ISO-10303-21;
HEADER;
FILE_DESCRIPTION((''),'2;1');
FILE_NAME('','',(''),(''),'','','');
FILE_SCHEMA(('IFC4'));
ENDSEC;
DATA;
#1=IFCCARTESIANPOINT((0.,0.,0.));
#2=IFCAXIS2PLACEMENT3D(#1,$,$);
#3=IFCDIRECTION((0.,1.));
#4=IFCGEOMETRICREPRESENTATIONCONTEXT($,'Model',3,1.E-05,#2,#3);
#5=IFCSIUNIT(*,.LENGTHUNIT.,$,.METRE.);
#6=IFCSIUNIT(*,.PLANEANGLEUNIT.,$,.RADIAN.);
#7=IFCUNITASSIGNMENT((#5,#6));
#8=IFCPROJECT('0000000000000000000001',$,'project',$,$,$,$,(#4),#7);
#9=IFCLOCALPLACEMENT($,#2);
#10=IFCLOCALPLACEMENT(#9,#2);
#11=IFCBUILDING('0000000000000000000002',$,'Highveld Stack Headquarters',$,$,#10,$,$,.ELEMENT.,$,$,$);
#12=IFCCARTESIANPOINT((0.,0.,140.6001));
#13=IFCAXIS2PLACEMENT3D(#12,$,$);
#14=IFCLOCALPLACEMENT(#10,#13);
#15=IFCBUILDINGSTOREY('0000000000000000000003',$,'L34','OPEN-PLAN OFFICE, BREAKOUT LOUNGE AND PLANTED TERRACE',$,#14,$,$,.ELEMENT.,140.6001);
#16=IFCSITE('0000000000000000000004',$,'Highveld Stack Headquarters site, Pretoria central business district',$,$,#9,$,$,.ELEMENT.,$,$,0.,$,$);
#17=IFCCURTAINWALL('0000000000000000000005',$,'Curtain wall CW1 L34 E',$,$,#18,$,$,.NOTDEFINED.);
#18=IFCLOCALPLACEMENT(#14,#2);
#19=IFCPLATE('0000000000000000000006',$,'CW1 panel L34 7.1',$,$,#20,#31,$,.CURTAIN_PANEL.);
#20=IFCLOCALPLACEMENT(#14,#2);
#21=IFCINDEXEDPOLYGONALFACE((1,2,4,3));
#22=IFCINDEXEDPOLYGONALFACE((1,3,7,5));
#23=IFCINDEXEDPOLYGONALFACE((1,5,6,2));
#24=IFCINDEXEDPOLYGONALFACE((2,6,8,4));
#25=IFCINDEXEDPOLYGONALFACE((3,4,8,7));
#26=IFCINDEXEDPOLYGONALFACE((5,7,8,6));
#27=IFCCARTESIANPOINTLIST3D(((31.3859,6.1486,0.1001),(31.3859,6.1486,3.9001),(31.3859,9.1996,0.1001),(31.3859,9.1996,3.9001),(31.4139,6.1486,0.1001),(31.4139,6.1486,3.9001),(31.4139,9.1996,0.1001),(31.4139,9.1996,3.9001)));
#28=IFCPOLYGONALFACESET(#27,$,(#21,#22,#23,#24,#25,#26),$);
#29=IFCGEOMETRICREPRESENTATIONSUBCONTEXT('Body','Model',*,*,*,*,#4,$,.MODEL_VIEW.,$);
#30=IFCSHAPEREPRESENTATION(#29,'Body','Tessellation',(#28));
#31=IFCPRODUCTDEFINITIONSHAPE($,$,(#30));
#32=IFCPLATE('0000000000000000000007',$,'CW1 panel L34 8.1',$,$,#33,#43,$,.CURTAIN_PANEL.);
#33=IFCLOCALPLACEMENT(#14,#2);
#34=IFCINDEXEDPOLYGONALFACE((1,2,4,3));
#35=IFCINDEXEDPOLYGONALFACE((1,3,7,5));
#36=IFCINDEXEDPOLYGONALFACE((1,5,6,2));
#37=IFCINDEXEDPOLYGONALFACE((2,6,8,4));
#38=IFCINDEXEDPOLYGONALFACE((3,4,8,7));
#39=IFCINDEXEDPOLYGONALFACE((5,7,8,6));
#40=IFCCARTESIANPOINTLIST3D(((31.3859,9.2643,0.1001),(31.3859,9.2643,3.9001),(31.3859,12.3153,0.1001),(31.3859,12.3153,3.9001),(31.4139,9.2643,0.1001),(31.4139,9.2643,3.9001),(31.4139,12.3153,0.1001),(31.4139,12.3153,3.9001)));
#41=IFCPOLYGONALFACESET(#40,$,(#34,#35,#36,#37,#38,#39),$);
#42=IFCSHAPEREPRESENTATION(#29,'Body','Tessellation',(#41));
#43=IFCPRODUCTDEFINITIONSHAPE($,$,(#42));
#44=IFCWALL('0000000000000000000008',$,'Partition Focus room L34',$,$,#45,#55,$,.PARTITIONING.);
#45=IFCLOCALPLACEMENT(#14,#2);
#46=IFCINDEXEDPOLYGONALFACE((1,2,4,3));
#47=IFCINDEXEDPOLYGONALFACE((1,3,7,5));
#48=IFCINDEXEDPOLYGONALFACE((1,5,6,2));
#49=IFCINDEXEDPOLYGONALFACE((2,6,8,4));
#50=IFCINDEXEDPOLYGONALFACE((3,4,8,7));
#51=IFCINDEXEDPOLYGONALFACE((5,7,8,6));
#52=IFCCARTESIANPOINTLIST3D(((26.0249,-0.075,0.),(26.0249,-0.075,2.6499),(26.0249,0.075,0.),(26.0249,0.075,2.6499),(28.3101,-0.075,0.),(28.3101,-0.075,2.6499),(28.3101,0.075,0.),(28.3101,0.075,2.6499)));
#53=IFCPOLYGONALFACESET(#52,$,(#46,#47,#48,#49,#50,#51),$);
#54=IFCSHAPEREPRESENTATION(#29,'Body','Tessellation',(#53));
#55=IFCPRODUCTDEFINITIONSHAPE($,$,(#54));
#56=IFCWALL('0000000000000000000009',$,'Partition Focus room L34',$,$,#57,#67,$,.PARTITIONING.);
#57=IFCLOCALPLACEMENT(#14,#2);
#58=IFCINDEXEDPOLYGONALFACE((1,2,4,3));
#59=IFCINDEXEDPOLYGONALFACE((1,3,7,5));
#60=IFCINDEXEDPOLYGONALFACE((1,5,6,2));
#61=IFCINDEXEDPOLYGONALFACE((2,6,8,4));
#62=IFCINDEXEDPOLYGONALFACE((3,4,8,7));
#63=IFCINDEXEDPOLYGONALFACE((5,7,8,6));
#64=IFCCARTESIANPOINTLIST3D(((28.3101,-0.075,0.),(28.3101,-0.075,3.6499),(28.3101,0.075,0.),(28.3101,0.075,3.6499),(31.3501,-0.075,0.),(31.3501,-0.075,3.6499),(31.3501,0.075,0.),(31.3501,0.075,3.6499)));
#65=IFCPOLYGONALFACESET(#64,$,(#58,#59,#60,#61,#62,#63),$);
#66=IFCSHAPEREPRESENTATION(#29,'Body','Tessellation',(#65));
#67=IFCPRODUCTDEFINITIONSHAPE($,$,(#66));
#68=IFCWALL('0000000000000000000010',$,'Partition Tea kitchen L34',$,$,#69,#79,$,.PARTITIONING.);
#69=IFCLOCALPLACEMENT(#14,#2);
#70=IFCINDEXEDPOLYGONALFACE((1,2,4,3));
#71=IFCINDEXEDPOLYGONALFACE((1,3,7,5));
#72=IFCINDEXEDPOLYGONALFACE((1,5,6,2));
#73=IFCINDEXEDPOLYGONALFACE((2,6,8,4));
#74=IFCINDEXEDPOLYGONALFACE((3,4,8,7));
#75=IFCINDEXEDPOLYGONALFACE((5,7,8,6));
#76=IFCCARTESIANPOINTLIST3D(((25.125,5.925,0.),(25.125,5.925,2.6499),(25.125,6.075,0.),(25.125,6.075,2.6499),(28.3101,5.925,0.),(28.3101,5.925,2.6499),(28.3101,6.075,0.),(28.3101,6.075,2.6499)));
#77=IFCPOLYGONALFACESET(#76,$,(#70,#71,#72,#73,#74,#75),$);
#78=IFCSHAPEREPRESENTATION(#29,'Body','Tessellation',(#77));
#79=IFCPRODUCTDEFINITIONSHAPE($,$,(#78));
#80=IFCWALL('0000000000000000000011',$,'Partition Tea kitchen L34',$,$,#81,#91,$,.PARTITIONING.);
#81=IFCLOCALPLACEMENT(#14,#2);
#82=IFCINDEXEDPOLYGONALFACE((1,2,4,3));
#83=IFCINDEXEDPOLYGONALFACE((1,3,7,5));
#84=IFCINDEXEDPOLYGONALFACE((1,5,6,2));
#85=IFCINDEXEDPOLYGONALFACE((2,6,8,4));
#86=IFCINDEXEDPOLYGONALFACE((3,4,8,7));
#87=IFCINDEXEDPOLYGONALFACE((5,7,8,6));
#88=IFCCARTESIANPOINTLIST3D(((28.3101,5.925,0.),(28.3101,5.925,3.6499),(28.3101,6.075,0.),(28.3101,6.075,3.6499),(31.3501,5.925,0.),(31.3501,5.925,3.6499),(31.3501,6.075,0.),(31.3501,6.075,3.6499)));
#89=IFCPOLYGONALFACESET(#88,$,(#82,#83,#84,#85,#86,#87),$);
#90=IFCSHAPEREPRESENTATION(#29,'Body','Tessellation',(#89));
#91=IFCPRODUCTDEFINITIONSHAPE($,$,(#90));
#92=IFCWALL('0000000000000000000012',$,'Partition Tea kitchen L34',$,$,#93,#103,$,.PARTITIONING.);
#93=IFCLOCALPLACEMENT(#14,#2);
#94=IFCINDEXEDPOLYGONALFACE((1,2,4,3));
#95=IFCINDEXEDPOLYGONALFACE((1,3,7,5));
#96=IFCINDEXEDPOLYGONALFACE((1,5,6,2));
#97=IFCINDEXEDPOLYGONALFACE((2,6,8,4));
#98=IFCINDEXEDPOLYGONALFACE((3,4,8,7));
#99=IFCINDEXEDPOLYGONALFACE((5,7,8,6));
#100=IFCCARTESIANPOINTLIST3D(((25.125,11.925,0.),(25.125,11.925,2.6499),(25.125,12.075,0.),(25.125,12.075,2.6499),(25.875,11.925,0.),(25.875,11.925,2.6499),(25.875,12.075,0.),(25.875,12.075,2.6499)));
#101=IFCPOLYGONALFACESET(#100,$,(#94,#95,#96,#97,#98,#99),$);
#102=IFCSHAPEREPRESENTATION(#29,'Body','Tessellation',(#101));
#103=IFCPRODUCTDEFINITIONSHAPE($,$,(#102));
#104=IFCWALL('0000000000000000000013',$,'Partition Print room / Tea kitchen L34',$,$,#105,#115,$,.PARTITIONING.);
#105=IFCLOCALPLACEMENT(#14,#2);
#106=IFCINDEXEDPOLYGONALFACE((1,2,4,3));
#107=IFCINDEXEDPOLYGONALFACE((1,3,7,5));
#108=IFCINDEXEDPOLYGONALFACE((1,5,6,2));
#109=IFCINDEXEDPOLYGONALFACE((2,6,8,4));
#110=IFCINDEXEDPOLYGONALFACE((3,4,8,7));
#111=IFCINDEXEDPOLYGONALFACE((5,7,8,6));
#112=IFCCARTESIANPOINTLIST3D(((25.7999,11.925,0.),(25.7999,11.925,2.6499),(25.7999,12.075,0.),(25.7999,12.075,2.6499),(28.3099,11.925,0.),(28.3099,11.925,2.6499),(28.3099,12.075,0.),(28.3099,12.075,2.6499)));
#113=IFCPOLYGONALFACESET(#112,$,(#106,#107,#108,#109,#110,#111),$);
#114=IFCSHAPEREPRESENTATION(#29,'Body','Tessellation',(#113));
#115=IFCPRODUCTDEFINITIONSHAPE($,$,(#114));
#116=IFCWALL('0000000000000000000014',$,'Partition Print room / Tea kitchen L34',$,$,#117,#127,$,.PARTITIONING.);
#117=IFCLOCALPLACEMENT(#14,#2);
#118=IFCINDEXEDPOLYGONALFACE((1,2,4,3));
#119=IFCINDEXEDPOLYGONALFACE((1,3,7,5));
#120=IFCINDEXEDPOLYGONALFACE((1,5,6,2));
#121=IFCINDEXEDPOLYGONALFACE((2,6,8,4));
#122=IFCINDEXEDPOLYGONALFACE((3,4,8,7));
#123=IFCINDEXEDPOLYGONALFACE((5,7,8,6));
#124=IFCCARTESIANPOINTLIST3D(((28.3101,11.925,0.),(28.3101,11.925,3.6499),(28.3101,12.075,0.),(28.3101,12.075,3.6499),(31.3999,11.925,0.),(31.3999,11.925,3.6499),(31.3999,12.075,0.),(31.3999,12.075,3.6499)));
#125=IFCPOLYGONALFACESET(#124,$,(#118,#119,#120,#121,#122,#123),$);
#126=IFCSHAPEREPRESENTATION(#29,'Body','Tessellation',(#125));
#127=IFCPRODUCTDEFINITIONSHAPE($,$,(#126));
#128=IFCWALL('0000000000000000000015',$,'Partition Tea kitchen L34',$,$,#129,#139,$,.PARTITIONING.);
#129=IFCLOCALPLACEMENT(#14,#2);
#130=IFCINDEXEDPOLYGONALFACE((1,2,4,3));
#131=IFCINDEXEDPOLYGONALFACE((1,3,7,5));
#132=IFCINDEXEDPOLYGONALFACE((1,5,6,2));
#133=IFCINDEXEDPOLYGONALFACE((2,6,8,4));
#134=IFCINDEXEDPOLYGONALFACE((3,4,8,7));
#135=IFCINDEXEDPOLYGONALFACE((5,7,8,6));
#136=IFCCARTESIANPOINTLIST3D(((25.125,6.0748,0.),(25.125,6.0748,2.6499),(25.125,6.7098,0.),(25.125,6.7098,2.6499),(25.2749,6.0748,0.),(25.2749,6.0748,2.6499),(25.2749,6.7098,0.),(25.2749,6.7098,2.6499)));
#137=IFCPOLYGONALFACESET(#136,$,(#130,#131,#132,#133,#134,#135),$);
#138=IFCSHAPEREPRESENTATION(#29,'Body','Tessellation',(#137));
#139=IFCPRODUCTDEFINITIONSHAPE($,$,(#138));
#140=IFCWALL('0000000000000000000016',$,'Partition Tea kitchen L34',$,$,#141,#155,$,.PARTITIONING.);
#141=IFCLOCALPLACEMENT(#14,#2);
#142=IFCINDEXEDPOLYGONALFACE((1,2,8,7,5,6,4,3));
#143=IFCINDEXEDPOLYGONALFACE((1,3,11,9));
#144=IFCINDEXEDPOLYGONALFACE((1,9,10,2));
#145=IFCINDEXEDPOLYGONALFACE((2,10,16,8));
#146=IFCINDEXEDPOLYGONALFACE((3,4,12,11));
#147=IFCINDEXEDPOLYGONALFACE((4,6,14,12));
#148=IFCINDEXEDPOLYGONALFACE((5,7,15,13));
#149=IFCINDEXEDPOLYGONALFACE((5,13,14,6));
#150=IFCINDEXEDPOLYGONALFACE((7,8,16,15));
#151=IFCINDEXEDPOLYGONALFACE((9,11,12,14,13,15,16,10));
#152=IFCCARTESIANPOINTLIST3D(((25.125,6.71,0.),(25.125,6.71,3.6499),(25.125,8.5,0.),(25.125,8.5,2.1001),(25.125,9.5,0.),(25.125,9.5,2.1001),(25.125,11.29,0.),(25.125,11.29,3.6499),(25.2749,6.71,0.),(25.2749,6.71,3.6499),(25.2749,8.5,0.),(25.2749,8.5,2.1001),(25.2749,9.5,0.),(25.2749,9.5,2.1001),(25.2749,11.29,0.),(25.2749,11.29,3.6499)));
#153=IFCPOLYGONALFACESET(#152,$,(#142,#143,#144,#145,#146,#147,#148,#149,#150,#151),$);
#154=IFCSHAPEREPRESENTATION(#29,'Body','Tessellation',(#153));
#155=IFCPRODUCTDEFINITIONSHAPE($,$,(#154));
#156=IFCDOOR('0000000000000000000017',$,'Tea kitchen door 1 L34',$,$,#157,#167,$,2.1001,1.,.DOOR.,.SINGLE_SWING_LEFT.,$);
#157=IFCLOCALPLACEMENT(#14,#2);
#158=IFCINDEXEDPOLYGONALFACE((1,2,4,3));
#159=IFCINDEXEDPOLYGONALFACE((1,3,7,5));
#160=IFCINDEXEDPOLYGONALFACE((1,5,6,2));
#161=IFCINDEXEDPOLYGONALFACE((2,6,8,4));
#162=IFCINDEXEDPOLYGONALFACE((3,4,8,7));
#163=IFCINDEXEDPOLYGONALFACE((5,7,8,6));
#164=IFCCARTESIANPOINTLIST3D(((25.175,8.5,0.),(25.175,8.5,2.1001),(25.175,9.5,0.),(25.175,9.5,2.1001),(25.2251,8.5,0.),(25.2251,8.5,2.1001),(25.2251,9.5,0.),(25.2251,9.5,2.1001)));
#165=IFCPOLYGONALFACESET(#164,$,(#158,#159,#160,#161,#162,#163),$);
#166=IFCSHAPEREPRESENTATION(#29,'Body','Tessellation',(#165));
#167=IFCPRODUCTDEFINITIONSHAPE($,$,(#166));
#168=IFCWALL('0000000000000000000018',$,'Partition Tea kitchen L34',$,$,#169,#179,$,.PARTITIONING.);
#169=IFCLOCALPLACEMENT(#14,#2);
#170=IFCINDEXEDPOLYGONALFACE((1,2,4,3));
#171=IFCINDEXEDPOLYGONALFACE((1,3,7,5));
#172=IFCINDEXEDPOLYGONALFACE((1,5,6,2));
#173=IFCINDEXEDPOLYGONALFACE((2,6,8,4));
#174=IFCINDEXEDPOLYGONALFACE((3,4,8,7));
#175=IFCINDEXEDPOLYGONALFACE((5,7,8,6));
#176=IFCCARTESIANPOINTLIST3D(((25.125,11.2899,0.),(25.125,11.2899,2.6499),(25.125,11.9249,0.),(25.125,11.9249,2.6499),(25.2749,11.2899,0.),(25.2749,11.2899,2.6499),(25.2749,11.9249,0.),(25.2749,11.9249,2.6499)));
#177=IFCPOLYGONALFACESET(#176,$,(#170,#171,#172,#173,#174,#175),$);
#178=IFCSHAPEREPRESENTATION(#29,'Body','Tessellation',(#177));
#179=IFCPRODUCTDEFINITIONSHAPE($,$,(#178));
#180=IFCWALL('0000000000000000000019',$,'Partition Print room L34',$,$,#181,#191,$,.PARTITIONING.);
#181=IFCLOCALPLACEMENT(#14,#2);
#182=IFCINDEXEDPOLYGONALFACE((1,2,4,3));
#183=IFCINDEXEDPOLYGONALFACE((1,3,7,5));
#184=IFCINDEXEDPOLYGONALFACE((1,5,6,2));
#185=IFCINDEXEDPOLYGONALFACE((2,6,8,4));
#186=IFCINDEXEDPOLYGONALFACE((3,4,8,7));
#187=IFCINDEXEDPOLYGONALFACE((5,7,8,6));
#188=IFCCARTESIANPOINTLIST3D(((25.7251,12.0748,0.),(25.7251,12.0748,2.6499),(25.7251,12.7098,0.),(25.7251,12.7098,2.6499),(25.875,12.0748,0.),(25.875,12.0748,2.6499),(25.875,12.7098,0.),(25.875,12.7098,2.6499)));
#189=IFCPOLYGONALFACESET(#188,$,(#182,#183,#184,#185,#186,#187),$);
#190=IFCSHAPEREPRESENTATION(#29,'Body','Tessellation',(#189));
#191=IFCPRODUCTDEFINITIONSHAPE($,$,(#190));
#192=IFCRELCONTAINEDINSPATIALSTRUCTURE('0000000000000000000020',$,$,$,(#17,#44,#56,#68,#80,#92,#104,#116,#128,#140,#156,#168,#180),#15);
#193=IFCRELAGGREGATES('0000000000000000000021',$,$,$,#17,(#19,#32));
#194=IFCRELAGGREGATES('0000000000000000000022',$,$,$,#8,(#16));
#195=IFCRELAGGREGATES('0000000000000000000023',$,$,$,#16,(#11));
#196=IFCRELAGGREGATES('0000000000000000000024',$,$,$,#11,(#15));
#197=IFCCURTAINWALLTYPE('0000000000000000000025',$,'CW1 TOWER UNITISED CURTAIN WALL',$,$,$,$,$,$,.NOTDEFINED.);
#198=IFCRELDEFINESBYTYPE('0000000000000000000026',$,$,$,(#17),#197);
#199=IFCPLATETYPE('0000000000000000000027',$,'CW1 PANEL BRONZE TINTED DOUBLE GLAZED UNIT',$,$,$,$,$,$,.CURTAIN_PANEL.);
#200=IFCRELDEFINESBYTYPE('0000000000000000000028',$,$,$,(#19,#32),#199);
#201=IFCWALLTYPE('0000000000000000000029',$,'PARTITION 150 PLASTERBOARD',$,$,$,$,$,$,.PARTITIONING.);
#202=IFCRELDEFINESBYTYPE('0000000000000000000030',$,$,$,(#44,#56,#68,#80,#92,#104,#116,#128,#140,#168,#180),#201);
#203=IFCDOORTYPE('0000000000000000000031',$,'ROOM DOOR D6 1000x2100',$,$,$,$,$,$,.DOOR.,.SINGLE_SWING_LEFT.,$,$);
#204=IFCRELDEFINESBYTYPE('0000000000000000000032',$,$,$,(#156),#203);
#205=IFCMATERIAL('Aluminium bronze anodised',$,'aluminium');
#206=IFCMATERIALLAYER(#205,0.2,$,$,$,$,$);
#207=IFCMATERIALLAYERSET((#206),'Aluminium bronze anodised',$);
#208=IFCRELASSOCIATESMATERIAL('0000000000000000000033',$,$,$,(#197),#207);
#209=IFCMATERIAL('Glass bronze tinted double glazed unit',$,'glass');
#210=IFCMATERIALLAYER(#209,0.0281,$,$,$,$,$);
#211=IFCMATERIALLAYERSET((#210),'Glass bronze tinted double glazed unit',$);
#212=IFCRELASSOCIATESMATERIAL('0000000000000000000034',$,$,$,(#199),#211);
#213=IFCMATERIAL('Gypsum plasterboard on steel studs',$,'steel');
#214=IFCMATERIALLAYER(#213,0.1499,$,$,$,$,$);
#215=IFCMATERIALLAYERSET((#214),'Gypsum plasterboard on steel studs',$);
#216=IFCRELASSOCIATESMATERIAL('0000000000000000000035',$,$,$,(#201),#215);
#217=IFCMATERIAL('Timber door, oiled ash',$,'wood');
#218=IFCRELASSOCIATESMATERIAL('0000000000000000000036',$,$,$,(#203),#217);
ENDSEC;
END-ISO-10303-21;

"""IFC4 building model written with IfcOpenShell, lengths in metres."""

from ifc_helpers import new_model, si_unit, direction, frame, frame_2d, origin, origin_2d, place, context, subcontext, project, spatial, rectangle, extrude, material, layer, layer_set, type_object, element, fill, aggregate, save


model = new_model("IFC4")

# Units and contexts
model_context = context("Model", 3, precision=1e-05, world=origin(), true_north=direction((0.0, 1.0)))
body_context = subcontext(model_context, "Body", "Model", "MODEL_VIEW")
ifc_project = project(units=[si_unit("LENGTHUNIT", "METRE"), si_unit("PLANEANGLEUNIT", "RADIAN")], contexts=[model_context])

# Site, building, storey
site_placement = place(None, origin())
site = spatial("IfcSite", under=ifc_project, at=site_placement, Name="Highveld Stack Headquarters site, Pretoria central business district", CompositionType="ELEMENT", RefElevation=0.0)
building_placement = place(site_placement, origin())
building = spatial("IfcBuilding", under=site, at=building_placement, Name="Highveld Stack Headquarters", CompositionType="ELEMENT")
storey_placement = place(building_placement, frame((0.0, 0.0, 140.6001)))
storey = spatial("IfcBuildingStorey", under=building, at=storey_placement, Name="L34", Description="OPEN-PLAN OFFICE, BREAKOUT LOUNGE AND PLANTED TERRACE", CompositionType="ELEMENT", Elevation=140.6001)

# Curtain wall
ifc_material_1 = material(Name="Aluminium bronze anodised", Category="aluminium")
ifc_layer_1 = layer(ifc_material_1, 0.2)
ifc_layer_set_1 = layer_set([ifc_layer_1], Name="Aluminium bronze anodised")
curtain_wall_type = type_object("IfcCurtainWallType", Name="CW1 TOWER UNITISED CURTAIN WALL", PredefinedType="NOTDEFINED", material=ifc_layer_set_1)
curtain_wall_placement = place(storey_placement, origin())
curtain_wall = element("IfcCurtainWall", 1, at=curtain_wall_placement, inside=storey, type_object=curtain_wall_type, Name="Curtain wall CW1 L34 E", PredefinedType="NOTDEFINED")

# Plates
ifc_material_2 = material(Name="Glass bronze tinted double glazed unit", Category="glass")
ifc_layer_2 = layer(ifc_material_2, 0.0281)
ifc_layer_set_2 = layer_set([ifc_layer_2], Name="Glass bronze tinted double glazed unit")
plate_type = type_object("IfcPlateType", Name="CW1 PANEL BRONZE TINTED DOUBLE GLAZED UNIT", PredefinedType="CURTAIN_PANEL", material=ifc_layer_set_2)
plate_1_placement = place(storey_placement, frame((31.3999, 7.6741, 0.1001), z_axis=(0.0, 0.0, 1.0), x_axis=(0.0, 1.0, 0.0)))
plate_1 = element("IfcPlate", 2, at=plate_1_placement, type_object=plate_type, Name="CW1 panel L34 7.1", PredefinedType="CURTAIN_PANEL", context=body_context, shape_type="SweptSolid", body=[
    extrude(rectangle(XDim=3.051, YDim=0.0281, at=origin_2d()), origin(), (0.0, 0.0, 1.0), 3.8),
])
plate_2_placement = place(storey_placement, frame((31.3999, 10.7898, 0.1001), z_axis=(0.0, 0.0, 1.0), x_axis=(0.0, 1.0, 0.0)))
plate_2 = element("IfcPlate", 3, at=plate_2_placement, type_object=plate_type, Name="CW1 panel L34 8.1", PredefinedType="CURTAIN_PANEL", context=body_context, shape_type="SweptSolid", body=[
    extrude(rectangle(XDim=3.051, YDim=0.0281, at=origin_2d()), origin(), (0.0, 0.0, 1.0), 3.8),
])
aggregate(curtain_wall, [plate_1, plate_2])

# Walls
ifc_material_3 = material(Name="Gypsum plasterboard on steel studs", Category="steel")
ifc_layer_3 = layer(ifc_material_3, 0.1499)
ifc_layer_set_3 = layer_set([ifc_layer_3], Name="Gypsum plasterboard on steel studs")
wall_type = type_object("IfcWallType", Name="PARTITION 150 PLASTERBOARD", PredefinedType="PARTITIONING", material=ifc_layer_set_3)
wall_1_placement = place(storey_placement, frame((26.0249, 0.0, 0.0), z_axis=(0.0, 0.0, 1.0), x_axis=(1.0, 0.0, 0.0)))
element("IfcWall", 4, at=wall_1_placement, inside=storey, type_object=wall_type, Name="Partition Focus room L34", PredefinedType="PARTITIONING", context=body_context, shape_type="SweptSolid", body=[
    extrude(rectangle(XDim=2.2852, YDim=0.1499, at=frame_2d((1.1426, 0.0))), origin(), (0.0, 0.0, 1.0), 2.6499),
])
wall_2_placement = place(storey_placement, frame((28.3101, 0.0, 0.0), z_axis=(0.0, 0.0, 1.0), x_axis=(1.0, 0.0, 0.0)))
element("IfcWall", 5, at=wall_2_placement, inside=storey, type_object=wall_type, Name="Partition Focus room L34", PredefinedType="PARTITIONING", context=body_context, shape_type="SweptSolid", body=[
    extrude(rectangle(XDim=3.04, YDim=0.1499, at=frame_2d((1.52, 0.0))), origin(), (0.0, 0.0, 1.0), 3.6499),
])
wall_3_placement = place(storey_placement, frame((25.125, 6.0, 0.0), z_axis=(0.0, 0.0, 1.0), x_axis=(1.0, 0.0, 0.0)))
element("IfcWall", 6, at=wall_3_placement, inside=storey, type_object=wall_type, Name="Partition Tea kitchen L34", PredefinedType="PARTITIONING", context=body_context, shape_type="SweptSolid", body=[
    extrude(rectangle(XDim=3.1851, YDim=0.1499, at=frame_2d((1.5925, 0.0))), origin(), (0.0, 0.0, 1.0), 2.6499),
])
wall_4_placement = place(storey_placement, frame((28.3101, 6.0, 0.0), z_axis=(0.0, 0.0, 1.0), x_axis=(1.0, 0.0, 0.0)))
element("IfcWall", 7, at=wall_4_placement, inside=storey, type_object=wall_type, Name="Partition Tea kitchen L34", PredefinedType="PARTITIONING", context=body_context, shape_type="SweptSolid", body=[
    extrude(rectangle(XDim=3.04, YDim=0.1499, at=frame_2d((1.52, 0.0))), origin(), (0.0, 0.0, 1.0), 3.6499),
])
wall_5_placement = place(storey_placement, frame((25.125, 12.0, 0.0), z_axis=(0.0, 0.0, 1.0), x_axis=(1.0, 0.0, 0.0)))
element("IfcWall", 8, at=wall_5_placement, inside=storey, type_object=wall_type, Name="Partition Tea kitchen L34", PredefinedType="PARTITIONING", context=body_context, shape_type="SweptSolid", body=[
    extrude(rectangle(XDim=0.75, YDim=0.1499, at=frame_2d((0.375, 0.0))), origin(), (0.0, 0.0, 1.0), 2.6499),
])
wall_6_placement = place(storey_placement, frame((25.8, 12.0, 0.0), z_axis=(0.0, 0.0, 1.0), x_axis=(1.0, 0.0, 0.0)))
element("IfcWall", 9, at=wall_6_placement, inside=storey, type_object=wall_type, Name="Partition Print room / Tea kitchen L34", PredefinedType="PARTITIONING", context=body_context, shape_type="SweptSolid", body=[
    extrude(rectangle(XDim=2.51, YDim=0.1499, at=frame_2d((1.2549, 0.0))), origin(), (0.0, 0.0, 1.0), 2.6499),
])
wall_7_placement = place(storey_placement, frame((28.3101, 12.0, 0.0), z_axis=(0.0, 0.0, 1.0), x_axis=(1.0, 0.0, 0.0)))
element("IfcWall", 10, at=wall_7_placement, inside=storey, type_object=wall_type, Name="Partition Print room / Tea kitchen L34", PredefinedType="PARTITIONING", context=body_context, shape_type="SweptSolid", body=[
    extrude(rectangle(XDim=3.0898, YDim=0.1499, at=frame_2d((1.5449, 0.0))), origin(), (0.0, 0.0, 1.0), 3.6499),
])
wall_8_placement = place(storey_placement, frame((25.2, 6.075, 0.0), z_axis=(0.0, 0.0, 1.0), x_axis=(0.0, 1.0, 0.0)))
element("IfcWall", 11, at=wall_8_placement, inside=storey, type_object=wall_type, Name="Partition Tea kitchen L34", PredefinedType="PARTITIONING", context=body_context, shape_type="SweptSolid", body=[
    extrude(rectangle(XDim=0.635, YDim=0.1499, at=frame_2d((0.3174, 0.0))), origin(), (0.0, 0.0, 1.0), 2.6499),
])

# Wall, opening, door
wall_9_placement = place(storey_placement, frame((25.2, 6.71, 0.0), z_axis=(0.0, 0.0, 1.0), x_axis=(0.0, 1.0, 0.0)))
wall_9 = element("IfcWall", 12, at=wall_9_placement, inside=storey, type_object=wall_type, Name="Partition Tea kitchen L34", PredefinedType="PARTITIONING", context=body_context, shape_type="SweptSolid", body=[
    extrude(rectangle(XDim=4.5801, YDim=0.1499, at=frame_2d((2.29, 0.0))), origin(), (0.0, 0.0, 1.0), 3.6499),
])
opening_placement = place(wall_9_placement, frame((1.79, 0.0, 0.0)))
opening = element("IfcOpeningElement", 13, at=opening_placement, cuts=wall_9, PredefinedType="OPENING", context=body_context, shape_type="SweptSolid", body=[
    extrude(rectangle(XDim=1.0, YDim=2.1001, at=frame_2d((0.5, 1.05))), frame((0.0, 0.085, 0.0), z_axis=(0.0, -1.0, 0.0), x_axis=(1.0, 0.0, 0.0)), (0.0, 0.0, 1.0), 0.1699),
])
ifc_material_4 = material(Name="Timber door, oiled ash", Category="wood")
door_type = type_object("IfcDoorType", Name="ROOM DOOR D6 1000x2100", OperationType="SINGLE_SWING_LEFT", PredefinedType="DOOR", material=ifc_material_4)
door_placement = place(opening_placement, origin())
door = element("IfcDoor", 14, at=door_placement, inside=storey, type_object=door_type, Name="Tea kitchen door 1 L34", OperationType="SINGLE_SWING_LEFT", OverallHeight=2.1001, OverallWidth=1.0, PredefinedType="DOOR", context=body_context, shape_type="SweptSolid", body=[
    extrude(rectangle(XDim=1.0, YDim=2.1001, at=frame_2d((0.5, 1.05))), frame((0.0, 0.0249, 0.0), z_axis=(0.0, -1.0, 0.0), x_axis=(1.0, 0.0, 0.0)), (0.0, 0.0, 1.0), 0.05),
])
fill(opening, door)

# Walls
for number, where, z_axis, x_axis, name in (
    (15, (25.2, 11.29, 0.0), (0.0, 0.0, 1.0), (0.0, 1.0, 0.0), "Partition Tea kitchen L34"),
    (16, (25.8, 12.075, 0.0), (0.0, 0.0, 1.0), (0.0, 1.0, 0.0), "Partition Print room L34"),
):
    element("IfcWall", number, at=place(storey_placement, frame(where, z_axis=z_axis, x_axis=x_axis)), inside=storey, type_object=wall_type, Name=name, PredefinedType="PARTITIONING", context=body_context, shape_type="SweptSolid", body=[
        extrude(rectangle(XDim=0.635, YDim=0.1499, at=frame_2d((0.3174, 0.0))), origin(), (0.0, 0.0, 1.0), 2.6499),
    ])

save(model, "model.ifc")
